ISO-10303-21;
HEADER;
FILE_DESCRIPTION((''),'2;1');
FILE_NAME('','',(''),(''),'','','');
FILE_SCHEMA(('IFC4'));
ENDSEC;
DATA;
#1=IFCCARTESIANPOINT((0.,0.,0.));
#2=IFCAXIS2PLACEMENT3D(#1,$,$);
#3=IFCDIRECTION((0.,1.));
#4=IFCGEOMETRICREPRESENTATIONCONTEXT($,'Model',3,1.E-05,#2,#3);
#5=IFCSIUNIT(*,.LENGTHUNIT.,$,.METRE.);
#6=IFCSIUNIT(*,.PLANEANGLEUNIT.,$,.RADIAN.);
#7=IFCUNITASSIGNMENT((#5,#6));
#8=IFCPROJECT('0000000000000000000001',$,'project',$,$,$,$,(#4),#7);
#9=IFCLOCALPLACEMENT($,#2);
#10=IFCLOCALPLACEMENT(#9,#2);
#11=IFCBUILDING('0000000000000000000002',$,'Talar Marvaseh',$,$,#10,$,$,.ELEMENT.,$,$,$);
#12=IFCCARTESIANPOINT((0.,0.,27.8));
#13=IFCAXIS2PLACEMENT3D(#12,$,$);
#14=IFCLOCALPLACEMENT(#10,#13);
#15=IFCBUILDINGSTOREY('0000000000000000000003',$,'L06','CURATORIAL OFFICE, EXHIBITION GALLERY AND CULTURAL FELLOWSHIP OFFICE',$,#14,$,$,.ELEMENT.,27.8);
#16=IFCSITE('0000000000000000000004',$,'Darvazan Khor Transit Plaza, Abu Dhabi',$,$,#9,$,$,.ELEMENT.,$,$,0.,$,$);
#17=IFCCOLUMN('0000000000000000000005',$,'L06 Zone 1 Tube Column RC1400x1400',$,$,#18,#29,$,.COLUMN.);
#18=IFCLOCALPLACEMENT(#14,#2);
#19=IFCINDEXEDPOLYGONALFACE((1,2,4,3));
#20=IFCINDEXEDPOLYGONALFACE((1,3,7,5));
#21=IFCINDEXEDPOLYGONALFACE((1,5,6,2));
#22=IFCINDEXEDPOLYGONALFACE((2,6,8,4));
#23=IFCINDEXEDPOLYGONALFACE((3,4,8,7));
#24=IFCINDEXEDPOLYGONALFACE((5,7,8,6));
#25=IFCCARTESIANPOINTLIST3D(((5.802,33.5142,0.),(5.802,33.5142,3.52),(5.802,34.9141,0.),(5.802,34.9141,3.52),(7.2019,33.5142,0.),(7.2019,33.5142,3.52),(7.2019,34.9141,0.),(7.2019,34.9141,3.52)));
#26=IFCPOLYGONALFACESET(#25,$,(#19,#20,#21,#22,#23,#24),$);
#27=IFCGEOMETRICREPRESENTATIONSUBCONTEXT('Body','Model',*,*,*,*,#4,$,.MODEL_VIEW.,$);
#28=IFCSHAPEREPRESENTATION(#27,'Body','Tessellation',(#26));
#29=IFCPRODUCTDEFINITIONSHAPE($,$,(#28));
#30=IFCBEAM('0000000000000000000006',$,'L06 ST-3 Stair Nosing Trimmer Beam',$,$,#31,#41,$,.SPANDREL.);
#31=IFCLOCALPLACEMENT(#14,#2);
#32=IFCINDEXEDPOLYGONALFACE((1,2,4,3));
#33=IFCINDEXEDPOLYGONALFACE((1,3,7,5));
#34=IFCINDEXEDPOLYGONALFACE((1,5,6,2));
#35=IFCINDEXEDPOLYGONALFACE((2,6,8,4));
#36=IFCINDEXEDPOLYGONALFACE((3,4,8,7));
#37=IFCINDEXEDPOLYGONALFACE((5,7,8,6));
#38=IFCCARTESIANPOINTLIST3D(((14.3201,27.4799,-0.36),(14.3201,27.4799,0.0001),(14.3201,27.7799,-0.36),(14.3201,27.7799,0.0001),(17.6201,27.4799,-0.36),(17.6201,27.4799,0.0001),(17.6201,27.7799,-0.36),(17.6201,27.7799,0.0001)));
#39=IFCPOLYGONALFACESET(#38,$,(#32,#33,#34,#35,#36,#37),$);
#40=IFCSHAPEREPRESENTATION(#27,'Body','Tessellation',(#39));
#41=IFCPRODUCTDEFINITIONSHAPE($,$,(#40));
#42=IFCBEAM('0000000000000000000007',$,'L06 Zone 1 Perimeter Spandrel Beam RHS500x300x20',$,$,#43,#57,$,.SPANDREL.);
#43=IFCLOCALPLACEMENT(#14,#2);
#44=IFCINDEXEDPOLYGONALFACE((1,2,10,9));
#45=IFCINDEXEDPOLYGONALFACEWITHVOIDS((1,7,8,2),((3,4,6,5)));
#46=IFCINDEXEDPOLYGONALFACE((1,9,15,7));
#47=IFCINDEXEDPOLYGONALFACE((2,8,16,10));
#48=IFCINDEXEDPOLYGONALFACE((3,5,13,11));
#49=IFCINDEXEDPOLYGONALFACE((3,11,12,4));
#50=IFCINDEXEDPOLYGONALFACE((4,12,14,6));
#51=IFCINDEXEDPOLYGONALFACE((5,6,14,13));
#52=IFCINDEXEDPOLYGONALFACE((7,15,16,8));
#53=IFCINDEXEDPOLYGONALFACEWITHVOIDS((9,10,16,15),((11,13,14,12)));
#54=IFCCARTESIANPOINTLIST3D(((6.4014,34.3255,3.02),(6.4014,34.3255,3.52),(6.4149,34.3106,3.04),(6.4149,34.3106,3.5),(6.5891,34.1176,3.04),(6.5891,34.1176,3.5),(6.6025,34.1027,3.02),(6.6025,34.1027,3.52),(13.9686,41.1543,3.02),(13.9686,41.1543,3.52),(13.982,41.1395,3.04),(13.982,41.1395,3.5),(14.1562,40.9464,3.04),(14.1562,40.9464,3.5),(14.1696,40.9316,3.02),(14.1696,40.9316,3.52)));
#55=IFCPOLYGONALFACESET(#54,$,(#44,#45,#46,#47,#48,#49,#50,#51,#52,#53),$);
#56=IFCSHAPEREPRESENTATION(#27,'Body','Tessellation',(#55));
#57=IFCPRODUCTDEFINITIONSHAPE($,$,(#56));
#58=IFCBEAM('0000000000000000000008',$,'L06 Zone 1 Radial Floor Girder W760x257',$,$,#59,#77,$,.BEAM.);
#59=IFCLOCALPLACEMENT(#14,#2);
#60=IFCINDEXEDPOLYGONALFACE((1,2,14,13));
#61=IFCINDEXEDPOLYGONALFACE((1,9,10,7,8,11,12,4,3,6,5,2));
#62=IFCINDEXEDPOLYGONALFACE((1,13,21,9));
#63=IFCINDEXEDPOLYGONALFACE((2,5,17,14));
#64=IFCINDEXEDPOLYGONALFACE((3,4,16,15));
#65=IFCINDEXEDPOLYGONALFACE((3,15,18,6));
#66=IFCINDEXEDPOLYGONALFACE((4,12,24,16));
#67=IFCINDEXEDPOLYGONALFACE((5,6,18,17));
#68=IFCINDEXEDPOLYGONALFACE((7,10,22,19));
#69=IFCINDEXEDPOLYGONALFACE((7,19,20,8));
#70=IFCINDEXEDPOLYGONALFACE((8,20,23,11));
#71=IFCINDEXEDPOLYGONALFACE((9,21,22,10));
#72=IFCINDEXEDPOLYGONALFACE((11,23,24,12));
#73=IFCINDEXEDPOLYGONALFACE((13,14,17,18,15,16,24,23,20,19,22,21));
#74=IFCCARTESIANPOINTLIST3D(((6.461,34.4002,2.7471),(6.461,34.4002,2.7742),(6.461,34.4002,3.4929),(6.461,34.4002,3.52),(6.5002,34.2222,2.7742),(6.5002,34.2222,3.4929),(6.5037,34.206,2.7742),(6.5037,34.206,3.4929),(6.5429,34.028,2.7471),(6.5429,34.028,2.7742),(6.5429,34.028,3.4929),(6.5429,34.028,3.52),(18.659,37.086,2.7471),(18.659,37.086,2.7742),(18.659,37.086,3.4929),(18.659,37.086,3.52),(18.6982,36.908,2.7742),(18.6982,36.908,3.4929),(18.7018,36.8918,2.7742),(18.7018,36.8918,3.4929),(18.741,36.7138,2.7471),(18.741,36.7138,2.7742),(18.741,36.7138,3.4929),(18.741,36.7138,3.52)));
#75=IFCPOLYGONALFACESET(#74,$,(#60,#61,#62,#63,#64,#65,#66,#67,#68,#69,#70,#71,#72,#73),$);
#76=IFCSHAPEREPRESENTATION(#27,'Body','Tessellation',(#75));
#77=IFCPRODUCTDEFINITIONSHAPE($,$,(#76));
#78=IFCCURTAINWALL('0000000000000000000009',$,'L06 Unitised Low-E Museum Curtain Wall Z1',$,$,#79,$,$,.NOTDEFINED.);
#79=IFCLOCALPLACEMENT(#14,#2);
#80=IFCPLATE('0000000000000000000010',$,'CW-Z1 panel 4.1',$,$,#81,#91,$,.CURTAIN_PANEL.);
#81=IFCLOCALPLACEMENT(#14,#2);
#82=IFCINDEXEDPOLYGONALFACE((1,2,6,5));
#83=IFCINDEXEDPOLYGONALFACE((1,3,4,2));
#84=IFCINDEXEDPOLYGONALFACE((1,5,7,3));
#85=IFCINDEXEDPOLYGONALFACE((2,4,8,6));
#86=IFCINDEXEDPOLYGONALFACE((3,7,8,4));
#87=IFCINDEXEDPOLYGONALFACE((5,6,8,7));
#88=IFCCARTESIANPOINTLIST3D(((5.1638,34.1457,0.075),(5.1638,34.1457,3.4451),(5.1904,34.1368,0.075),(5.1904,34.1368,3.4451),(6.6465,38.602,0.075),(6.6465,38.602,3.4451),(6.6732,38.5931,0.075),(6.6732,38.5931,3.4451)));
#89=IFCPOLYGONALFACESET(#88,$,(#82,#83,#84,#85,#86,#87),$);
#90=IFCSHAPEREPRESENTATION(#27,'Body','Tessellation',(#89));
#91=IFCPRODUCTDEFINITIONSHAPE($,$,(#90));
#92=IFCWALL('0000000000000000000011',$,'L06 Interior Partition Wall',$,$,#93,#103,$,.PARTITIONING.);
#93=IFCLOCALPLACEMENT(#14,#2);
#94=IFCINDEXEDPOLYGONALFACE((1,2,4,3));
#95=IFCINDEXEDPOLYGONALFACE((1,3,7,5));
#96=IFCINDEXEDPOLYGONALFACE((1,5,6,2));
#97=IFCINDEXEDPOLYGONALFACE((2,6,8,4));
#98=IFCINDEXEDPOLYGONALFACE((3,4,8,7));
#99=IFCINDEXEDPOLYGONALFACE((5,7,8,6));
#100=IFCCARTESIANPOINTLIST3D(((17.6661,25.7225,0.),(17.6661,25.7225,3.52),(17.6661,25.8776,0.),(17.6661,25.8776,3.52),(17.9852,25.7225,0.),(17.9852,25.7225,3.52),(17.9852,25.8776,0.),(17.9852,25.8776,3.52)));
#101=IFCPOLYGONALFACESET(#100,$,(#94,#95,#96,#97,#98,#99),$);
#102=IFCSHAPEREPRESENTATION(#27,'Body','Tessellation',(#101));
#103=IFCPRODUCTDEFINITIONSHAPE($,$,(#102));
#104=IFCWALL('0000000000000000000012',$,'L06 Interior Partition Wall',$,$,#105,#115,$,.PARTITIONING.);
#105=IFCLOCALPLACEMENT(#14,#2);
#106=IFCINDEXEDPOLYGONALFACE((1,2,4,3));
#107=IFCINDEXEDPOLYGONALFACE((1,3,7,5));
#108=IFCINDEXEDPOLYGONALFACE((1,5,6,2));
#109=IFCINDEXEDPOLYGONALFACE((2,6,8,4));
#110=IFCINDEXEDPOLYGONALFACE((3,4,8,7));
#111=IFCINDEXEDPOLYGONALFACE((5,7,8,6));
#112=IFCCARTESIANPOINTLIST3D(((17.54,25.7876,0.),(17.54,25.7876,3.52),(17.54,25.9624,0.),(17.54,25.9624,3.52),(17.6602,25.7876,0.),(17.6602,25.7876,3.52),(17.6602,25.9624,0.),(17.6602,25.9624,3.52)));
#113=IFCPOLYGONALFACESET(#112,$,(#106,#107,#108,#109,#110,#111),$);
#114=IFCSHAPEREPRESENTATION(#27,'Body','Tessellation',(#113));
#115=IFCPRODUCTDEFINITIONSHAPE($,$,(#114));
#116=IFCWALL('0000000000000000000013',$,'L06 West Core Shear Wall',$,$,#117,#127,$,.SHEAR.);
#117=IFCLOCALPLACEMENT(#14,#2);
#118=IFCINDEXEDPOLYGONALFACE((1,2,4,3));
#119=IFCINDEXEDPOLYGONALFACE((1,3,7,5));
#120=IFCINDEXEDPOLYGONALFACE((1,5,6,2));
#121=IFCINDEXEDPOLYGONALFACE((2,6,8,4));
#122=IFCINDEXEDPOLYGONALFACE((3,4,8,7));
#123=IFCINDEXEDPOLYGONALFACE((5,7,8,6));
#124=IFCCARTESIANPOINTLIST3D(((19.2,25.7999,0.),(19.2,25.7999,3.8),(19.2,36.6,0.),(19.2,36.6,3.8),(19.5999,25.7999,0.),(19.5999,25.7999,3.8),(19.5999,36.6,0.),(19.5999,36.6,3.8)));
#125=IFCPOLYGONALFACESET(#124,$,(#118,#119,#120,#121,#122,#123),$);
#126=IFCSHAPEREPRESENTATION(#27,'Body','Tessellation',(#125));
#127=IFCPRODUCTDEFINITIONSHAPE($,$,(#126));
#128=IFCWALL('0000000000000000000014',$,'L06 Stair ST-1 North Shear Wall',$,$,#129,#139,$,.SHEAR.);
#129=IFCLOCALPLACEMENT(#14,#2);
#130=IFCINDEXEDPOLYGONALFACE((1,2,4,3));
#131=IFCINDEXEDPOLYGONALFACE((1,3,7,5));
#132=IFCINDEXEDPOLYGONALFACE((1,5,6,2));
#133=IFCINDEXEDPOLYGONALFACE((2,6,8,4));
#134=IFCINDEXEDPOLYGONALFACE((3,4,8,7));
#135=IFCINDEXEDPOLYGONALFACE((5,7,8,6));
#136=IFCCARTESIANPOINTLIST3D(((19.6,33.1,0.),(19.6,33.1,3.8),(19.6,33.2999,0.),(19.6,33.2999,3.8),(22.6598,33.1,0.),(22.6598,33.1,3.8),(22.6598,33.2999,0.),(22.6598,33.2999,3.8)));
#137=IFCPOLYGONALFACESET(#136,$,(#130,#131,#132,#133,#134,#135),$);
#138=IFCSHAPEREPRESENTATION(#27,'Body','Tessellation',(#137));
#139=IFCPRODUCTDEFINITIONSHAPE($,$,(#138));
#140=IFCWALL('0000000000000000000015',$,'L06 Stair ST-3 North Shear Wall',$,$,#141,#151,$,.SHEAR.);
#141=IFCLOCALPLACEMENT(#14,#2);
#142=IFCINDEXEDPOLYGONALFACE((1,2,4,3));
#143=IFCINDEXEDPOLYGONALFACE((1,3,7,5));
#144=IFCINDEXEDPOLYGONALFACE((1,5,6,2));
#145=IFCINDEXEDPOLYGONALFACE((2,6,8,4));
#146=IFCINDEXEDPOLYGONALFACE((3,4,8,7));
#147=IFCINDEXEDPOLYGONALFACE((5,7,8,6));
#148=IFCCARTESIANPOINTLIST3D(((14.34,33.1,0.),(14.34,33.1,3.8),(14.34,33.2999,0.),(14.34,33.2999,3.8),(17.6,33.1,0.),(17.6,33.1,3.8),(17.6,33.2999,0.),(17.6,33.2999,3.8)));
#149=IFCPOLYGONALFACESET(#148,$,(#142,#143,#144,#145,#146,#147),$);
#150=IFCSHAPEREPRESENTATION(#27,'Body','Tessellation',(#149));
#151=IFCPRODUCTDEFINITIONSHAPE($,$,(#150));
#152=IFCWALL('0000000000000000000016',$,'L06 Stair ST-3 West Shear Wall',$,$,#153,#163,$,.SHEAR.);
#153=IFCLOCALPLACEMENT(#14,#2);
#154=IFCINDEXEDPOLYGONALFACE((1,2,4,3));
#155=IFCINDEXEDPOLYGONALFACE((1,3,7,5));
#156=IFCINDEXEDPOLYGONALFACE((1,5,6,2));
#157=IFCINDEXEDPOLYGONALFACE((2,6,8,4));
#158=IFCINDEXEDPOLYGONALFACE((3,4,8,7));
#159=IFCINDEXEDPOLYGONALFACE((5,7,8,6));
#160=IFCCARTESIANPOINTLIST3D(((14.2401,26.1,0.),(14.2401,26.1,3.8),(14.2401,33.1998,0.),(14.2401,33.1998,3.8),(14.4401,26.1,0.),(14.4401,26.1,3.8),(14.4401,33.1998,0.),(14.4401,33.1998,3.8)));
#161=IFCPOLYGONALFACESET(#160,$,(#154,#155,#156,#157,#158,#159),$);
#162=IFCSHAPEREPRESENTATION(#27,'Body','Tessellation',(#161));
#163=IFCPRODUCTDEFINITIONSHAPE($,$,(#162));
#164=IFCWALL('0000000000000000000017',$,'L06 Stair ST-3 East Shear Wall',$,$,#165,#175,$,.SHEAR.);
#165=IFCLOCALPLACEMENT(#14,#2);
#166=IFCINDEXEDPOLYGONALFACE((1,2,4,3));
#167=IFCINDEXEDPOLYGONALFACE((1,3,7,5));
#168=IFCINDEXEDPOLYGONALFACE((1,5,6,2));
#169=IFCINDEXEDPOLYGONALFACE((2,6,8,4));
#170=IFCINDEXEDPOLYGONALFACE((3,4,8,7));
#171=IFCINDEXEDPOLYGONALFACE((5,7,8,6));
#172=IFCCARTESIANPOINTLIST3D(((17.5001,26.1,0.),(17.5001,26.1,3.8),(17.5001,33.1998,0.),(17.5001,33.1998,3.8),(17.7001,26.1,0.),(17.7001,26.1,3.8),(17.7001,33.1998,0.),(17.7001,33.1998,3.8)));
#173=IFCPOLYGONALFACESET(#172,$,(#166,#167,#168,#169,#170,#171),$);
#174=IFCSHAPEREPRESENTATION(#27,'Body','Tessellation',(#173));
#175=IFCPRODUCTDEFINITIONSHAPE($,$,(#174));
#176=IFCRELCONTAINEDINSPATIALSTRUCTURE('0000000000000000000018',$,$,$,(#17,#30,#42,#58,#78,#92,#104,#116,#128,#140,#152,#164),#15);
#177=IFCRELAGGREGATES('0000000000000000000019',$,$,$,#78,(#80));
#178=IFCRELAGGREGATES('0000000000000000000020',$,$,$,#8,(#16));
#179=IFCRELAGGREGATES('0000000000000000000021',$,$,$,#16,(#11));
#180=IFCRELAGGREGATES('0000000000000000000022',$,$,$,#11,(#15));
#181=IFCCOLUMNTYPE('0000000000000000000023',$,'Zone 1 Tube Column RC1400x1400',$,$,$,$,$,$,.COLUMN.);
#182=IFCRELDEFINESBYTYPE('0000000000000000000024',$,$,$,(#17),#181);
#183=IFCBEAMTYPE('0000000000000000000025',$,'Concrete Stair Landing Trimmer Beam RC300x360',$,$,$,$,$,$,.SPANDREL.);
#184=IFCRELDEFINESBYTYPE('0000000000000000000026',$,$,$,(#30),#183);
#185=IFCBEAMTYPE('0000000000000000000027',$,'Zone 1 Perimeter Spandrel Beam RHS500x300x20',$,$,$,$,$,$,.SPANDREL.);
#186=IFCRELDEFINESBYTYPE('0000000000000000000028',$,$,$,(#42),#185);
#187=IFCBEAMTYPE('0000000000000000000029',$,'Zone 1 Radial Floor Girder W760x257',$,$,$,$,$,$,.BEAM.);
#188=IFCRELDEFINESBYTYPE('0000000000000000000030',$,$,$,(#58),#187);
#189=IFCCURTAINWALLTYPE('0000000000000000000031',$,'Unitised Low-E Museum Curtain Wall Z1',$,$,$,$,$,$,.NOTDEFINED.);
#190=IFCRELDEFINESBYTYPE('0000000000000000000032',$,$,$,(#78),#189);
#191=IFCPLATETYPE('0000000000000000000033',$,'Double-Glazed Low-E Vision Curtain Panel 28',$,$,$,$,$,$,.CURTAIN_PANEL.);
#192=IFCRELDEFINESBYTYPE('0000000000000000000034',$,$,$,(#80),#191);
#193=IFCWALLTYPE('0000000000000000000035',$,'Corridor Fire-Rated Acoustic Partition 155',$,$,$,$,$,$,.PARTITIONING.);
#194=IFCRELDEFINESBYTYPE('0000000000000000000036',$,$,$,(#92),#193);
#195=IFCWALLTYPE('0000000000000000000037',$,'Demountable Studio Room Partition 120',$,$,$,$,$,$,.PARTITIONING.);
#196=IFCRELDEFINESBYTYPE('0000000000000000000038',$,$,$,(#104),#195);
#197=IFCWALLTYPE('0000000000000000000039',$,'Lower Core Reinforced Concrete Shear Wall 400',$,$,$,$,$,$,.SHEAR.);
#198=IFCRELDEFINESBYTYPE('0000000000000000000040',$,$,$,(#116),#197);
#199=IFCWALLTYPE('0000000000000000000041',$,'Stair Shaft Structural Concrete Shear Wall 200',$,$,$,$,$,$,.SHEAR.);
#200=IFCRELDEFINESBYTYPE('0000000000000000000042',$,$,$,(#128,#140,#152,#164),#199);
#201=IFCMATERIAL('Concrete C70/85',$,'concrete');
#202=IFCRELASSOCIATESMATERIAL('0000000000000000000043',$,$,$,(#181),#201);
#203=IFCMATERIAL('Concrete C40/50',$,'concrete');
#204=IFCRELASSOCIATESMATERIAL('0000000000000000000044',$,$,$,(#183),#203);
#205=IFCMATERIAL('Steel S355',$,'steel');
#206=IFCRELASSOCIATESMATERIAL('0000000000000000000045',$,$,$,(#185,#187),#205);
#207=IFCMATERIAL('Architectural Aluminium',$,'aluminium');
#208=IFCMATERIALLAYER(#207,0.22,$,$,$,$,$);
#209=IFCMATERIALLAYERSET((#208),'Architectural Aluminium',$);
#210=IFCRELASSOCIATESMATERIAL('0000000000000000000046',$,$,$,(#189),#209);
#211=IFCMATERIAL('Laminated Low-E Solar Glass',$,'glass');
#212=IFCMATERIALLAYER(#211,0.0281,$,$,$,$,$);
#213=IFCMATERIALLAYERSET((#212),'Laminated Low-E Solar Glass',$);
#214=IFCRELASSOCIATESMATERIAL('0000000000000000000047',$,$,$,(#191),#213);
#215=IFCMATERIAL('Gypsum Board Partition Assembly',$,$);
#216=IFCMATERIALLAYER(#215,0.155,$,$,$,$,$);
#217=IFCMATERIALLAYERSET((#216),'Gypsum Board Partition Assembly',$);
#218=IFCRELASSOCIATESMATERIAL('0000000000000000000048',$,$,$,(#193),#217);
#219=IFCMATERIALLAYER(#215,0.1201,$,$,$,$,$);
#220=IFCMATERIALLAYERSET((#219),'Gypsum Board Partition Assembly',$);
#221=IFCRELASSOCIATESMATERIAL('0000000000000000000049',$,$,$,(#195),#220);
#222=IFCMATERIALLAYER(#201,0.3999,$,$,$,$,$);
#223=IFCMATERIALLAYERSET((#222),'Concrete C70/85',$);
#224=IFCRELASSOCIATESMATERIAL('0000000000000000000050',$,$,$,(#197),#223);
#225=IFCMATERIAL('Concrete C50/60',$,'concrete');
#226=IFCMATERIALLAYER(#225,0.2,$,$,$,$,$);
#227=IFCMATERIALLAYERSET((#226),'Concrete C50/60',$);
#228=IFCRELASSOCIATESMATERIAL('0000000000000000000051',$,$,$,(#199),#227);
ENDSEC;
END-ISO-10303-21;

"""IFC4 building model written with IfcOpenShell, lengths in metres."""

from ifc_helpers import new_model, si_unit, direction, frame, frame_2d, origin, origin_2d, place, context, subcontext, project, spatial, rectangle, hollow_rectangle, i_section, extrude, source, transform, mapped, material, layer, layer_set, material_profile, profile_set, type_object, type_shapes, element, aggregate, save


model = new_model("IFC4")

# Units and contexts
model_context = context("Model", 3, precision=1e-05, world=origin(), true_north=direction((0.0, 1.0)))
body_context = subcontext(model_context, "Body", "Model", "MODEL_VIEW")
ifc_project = project(units=[si_unit("LENGTHUNIT", "METRE"), si_unit("PLANEANGLEUNIT", "RADIAN")], contexts=[model_context])

# Site, building, storey
site_placement = place(None, origin())
site = spatial("IfcSite", under=ifc_project, at=site_placement, Name="Darvazan Khor Transit Plaza, Abu Dhabi", CompositionType="ELEMENT", RefElevation=0.0)
building_placement = place(site_placement, origin())
building = spatial("IfcBuilding", under=site, at=building_placement, Name="Talar Marvaseh", CompositionType="ELEMENT")
storey_placement = place(building_placement, frame((0.0, 0.0, 27.8)))
storey = spatial("IfcBuildingStorey", under=building, at=storey_placement, Name="L06", Description="CURATORIAL OFFICE, EXHIBITION GALLERY AND CULTURAL FELLOWSHIP OFFICE", CompositionType="ELEMENT", Elevation=27.8)

# Column
ifc_material_1 = material(Name="Concrete C70/85", Category="concrete")
ifc_material_profile_1 = material_profile(ifc_material_1, rectangle(XDim=1.3999, YDim=1.3999, at=origin_2d()), Name="RC1400x1400")
ifc_profile_set_1 = profile_set([ifc_material_profile_1], Name="Concrete C70/85")
column_type = type_object("IfcColumnType", Name="Zone 1 Tube Column RC1400x1400", PredefinedType="COLUMN", material=ifc_profile_set_1)
column_placement = place(storey_placement, frame((6.502, 34.2141, 0.0), z_axis=(0.0, 0.0, 1.0), x_axis=(1.0, 0.0, 0.0)))
element("IfcColumn", 1, at=column_placement, inside=storey, type_object=column_type, Name="L06 Zone 1 Tube Column RC1400x1400", PredefinedType="COLUMN", context=body_context, shape_type="SweptSolid", body=[
    extrude(rectangle(XDim=1.3999, YDim=1.3999, at=origin_2d()), origin(), (0.0, 0.0, 1.0), 3.52),
])

# Beams
ifc_material_2 = material(Name="Concrete C40/50", Category="concrete")
ifc_material_profile_2 = material_profile(ifc_material_2, rectangle(XDim=0.3, YDim=0.3601, at=origin_2d()), Name="RC300x360")
ifc_profile_set_2 = profile_set([ifc_material_profile_2], Name="Concrete C40/50")
beam_type_1 = type_object("IfcBeamType", Name="Concrete Stair Landing Trimmer Beam RC300x360", PredefinedType="SPANDREL", material=ifc_profile_set_2)
beam_1_placement = place(storey_placement, frame((17.6201, 27.6299, -0.1799), z_axis=(-1.0, 0.0, 0.0), x_axis=(0.0, -1.0, 0.0)))
element("IfcBeam", 2, at=beam_1_placement, inside=storey, type_object=beam_type_1, Name="L06 ST-3 Stair Nosing Trimmer Beam", PredefinedType="SPANDREL", context=body_context, shape_type="SweptSolid", body=[
    extrude(rectangle(XDim=0.3, YDim=0.3601, at=origin_2d()), origin(), (0.0, 0.0, 1.0), 3.3),
])
ifc_material_3 = material(Name="Steel S355", Category="steel")
ifc_material_profile_3 = material_profile(ifc_material_3, hollow_rectangle(XDim=0.3, YDim=0.5, WallThickness=0.02, at=origin_2d()), Name="RHS500x300x20")
ifc_profile_set_3 = profile_set([ifc_material_profile_3], Name="Steel S355")
beam_type_2 = type_object("IfcBeamType", Name="Zone 1 Perimeter Spandrel Beam RHS500x300x20", PredefinedType="SPANDREL", material=ifc_profile_set_3)
beam_2_placement = place(storey_placement, frame((6.502, 34.2141, 3.27), z_axis=(0.742394, 0.669963, 0.0), x_axis=(-0.669963, 0.742394, 0.0)))
element("IfcBeam", 3, at=beam_2_placement, inside=storey, type_object=beam_type_2, Name="L06 Zone 1 Perimeter Spandrel Beam RHS500x300x20", PredefinedType="SPANDREL", context=body_context, shape_type="SweptSolid", body=[
    extrude(hollow_rectangle(XDim=0.3, YDim=0.5, WallThickness=0.02, at=origin_2d()), origin(), (0.0, 0.0, 1.0), 10.1929),
])
ifc_material_profile_4 = material_profile(ifc_material_3, i_section(OverallWidth=0.3811, OverallDepth=0.7729, WebThickness=0.0166, FlangeThickness=0.0271, at=origin_2d()), Name="W760x257")
ifc_profile_set_4 = profile_set([ifc_material_profile_4], Name="Steel S355")
beam_type_3 = type_object("IfcBeamType", Name="Zone 1 Radial Floor Girder W760x257", PredefinedType="BEAM", material=ifc_profile_set_4)
beam_3_placement = place(storey_placement, frame((6.502, 34.2141, 3.1335), z_axis=(0.976607, 0.215032, 0.0), x_axis=(-0.215032, 0.976607, 0.0)))
element("IfcBeam", 4, at=beam_3_placement, inside=storey, type_object=beam_type_3, Name="L06 Zone 1 Radial Floor Girder W760x257", PredefinedType="BEAM", context=body_context, shape_type="SweptSolid", body=[
    extrude(i_section(OverallWidth=0.3811, OverallDepth=0.7729, WebThickness=0.0166, FlangeThickness=0.0271, at=origin_2d()), origin(), (0.0, 0.0, 1.0), 12.4902),
])

# Curtain wall, plate
ifc_material_4 = material(Name="Architectural Aluminium", Category="aluminium")
ifc_layer_1 = layer(ifc_material_4, 0.22)
ifc_layer_set_1 = layer_set([ifc_layer_1], Name="Architectural Aluminium")
curtain_wall_type = type_object("IfcCurtainWallType", Name="Unitised Low-E Museum Curtain Wall Z1", PredefinedType="NOTDEFINED", material=ifc_layer_set_1)
curtain_wall_placement = place(storey_placement, origin())
curtain_wall = element("IfcCurtainWall", 5, at=curtain_wall_placement, inside=storey, type_object=curtain_wall_type, Name="L06 Unitised Low-E Museum Curtain Wall Z1", PredefinedType="NOTDEFINED")
ifc_material_5 = material(Name="Laminated Low-E Solar Glass", Category="glass")
ifc_layer_2 = layer(ifc_material_5, 0.0281)
ifc_layer_set_2 = layer_set([ifc_layer_2], Name="Laminated Low-E Solar Glass")
plate_type = type_object("IfcPlateType", Name="Double-Glazed Low-E Vision Curtain Panel 28", PredefinedType="CURTAIN_PANEL", material=ifc_layer_set_2)
shared_shape_1 = source(origin(), body_context, "Body", "SweptSolid", [
    extrude(rectangle(XDim=4.6965, YDim=0.0281, at=origin_2d()), origin(), (0.0, 0.0, 1.0), 3.3701),
])
type_shapes(plate_type, [shared_shape_1])
plate_placement = place(storey_placement, frame((5.9185, 36.3694, 0.075), z_axis=(0.0, 0.0, 1.0), x_axis=(0.315715, 0.948854, 0.0)))
plate = element("IfcPlate", 6, at=plate_placement, type_object=plate_type, Name="CW-Z1 panel 4.1", PredefinedType="CURTAIN_PANEL", context=body_context, shape_type="MappedRepresentation", body=[
    mapped(shared_shape_1, transform((0.0, 0.0, 0.0), x_axis=(1.0, 0.0, 0.0), y_axis=(0.0, 1.0, 0.0), z_axis=(0.0, 0.0, 1.0), scale=1.0)),
])
aggregate(curtain_wall, [plate])

# Walls
ifc_material_6 = material(Name="Gypsum Board Partition Assembly")
ifc_layer_3 = layer(ifc_material_6, 0.155)
ifc_layer_set_3 = layer_set([ifc_layer_3], Name="Gypsum Board Partition Assembly")
wall_type_1 = type_object("IfcWallType", Name="Corridor Fire-Rated Acoustic Partition 155", PredefinedType="PARTITIONING", material=ifc_layer_set_3)
wall_1_placement = place(storey_placement, frame((17.666, 25.8, 0.0), z_axis=(0.0, 0.0, 1.0), x_axis=(1.0, 0.0, 0.0)))
element("IfcWall", 7, at=wall_1_placement, inside=storey, type_object=wall_type_1, Name="L06 Interior Partition Wall", PredefinedType="PARTITIONING", context=body_context, shape_type="SweptSolid", body=[
    extrude(rectangle(XDim=0.3191, YDim=0.155, at=frame_2d((0.1597, 0.0))), origin(), (0.0, 0.0, 1.0), 3.52),
])
ifc_layer_4 = layer(ifc_material_6, 0.1201)
ifc_layer_set_4 = layer_set([ifc_layer_4], Name="Gypsum Board Partition Assembly")
wall_type_2 = type_object("IfcWallType", Name="Demountable Studio Room Partition 120", PredefinedType="PARTITIONING", material=ifc_layer_set_4)
wall_2_placement = place(storey_placement, frame((17.6001, 25.9624, 0.0), z_axis=(0.0, 0.0, 1.0), x_axis=(0.0, -1.0, 0.0)))
element("IfcWall", 8, at=wall_2_placement, inside=storey, type_object=wall_type_2, Name="L06 Interior Partition Wall", PredefinedType="PARTITIONING", context=body_context, shape_type="SweptSolid", body=[
    extrude(rectangle(XDim=0.1748, YDim=0.1201, at=frame_2d((0.0874, 0.0))), origin(), (0.0, 0.0, 1.0), 3.52),
])
ifc_layer_5 = layer(ifc_material_1, 0.3999)
ifc_layer_set_5 = layer_set([ifc_layer_5], Name="Concrete C70/85")
wall_type_3 = type_object("IfcWallType", Name="Lower Core Reinforced Concrete Shear Wall 400", PredefinedType="SHEAR", material=ifc_layer_set_5)
wall_3_placement = place(storey_placement, frame((19.3999, 25.8, 0.0), z_axis=(0.0, 0.0, 1.0), x_axis=(0.0, 1.0, 0.0)))
element("IfcWall", 9, at=wall_3_placement, inside=storey, type_object=wall_type_3, Name="L06 West Core Shear Wall", PredefinedType="SHEAR", context=body_context, shape_type="SweptSolid", body=[
    extrude(rectangle(XDim=10.8, YDim=0.3999, at=frame_2d((5.3999, 0.0))), origin(), (0.0, 0.0, 1.0), 3.8),
])
ifc_material_7 = material(Name="Concrete C50/60", Category="concrete")
ifc_layer_6 = layer(ifc_material_7, 0.2)
ifc_layer_set_6 = layer_set([ifc_layer_6], Name="Concrete C50/60")
wall_type_4 = type_object("IfcWallType", Name="Stair Shaft Structural Concrete Shear Wall 200", PredefinedType="SHEAR", material=ifc_layer_set_6)
wall_4_placement = place(storey_placement, frame((19.6001, 33.2, 0.0), z_axis=(0.0, 0.0, 1.0), x_axis=(1.0, 0.0, 0.0)))
element("IfcWall", 10, at=wall_4_placement, inside=storey, type_object=wall_type_4, Name="L06 Stair ST-1 North Shear Wall", PredefinedType="SHEAR", context=body_context, shape_type="SweptSolid", body=[
    extrude(rectangle(XDim=3.0598, YDim=0.2, at=frame_2d((1.5298, 0.0))), origin(), (0.0, 0.0, 1.0), 3.8),
])

# Walls
wall_5_placement = place(storey_placement, frame((14.3401, 33.2, 0.0), z_axis=(0.0, 0.0, 1.0), x_axis=(1.0, 0.0, 0.0)))
element("IfcWall", 11, at=wall_5_placement, inside=storey, type_object=wall_type_4, Name="L06 Stair ST-3 North Shear Wall", PredefinedType="SHEAR", context=body_context, shape_type="SweptSolid", body=[
    extrude(rectangle(XDim=3.26, YDim=0.2, at=frame_2d((1.6299, 0.0))), origin(), (0.0, 0.0, 1.0), 3.8),
])
for number, where, z_axis, x_axis, name in (
    (12, (14.3401, 26.1001, 0.0), (0.0, 0.0, 1.0), (0.0, 1.0, 0.0), "L06 Stair ST-3 West Shear Wall"),
    (13, (17.6001, 26.1001, 0.0), (0.0, 0.0, 1.0), (0.0, 1.0, 0.0), "L06 Stair ST-3 East Shear Wall"),
):
    element("IfcWall", number, at=place(storey_placement, frame(where, z_axis=z_axis, x_axis=x_axis)), inside=storey, type_object=wall_type_4, Name=name, PredefinedType="SHEAR", context=body_context, shape_type="SweptSolid", body=[
        extrude(rectangle(XDim=7.0999, YDim=0.2, at=frame_2d((3.5498, 0.0))), origin(), (0.0, 0.0, 1.0), 3.8),
    ])

save(model, "model.ifc")
